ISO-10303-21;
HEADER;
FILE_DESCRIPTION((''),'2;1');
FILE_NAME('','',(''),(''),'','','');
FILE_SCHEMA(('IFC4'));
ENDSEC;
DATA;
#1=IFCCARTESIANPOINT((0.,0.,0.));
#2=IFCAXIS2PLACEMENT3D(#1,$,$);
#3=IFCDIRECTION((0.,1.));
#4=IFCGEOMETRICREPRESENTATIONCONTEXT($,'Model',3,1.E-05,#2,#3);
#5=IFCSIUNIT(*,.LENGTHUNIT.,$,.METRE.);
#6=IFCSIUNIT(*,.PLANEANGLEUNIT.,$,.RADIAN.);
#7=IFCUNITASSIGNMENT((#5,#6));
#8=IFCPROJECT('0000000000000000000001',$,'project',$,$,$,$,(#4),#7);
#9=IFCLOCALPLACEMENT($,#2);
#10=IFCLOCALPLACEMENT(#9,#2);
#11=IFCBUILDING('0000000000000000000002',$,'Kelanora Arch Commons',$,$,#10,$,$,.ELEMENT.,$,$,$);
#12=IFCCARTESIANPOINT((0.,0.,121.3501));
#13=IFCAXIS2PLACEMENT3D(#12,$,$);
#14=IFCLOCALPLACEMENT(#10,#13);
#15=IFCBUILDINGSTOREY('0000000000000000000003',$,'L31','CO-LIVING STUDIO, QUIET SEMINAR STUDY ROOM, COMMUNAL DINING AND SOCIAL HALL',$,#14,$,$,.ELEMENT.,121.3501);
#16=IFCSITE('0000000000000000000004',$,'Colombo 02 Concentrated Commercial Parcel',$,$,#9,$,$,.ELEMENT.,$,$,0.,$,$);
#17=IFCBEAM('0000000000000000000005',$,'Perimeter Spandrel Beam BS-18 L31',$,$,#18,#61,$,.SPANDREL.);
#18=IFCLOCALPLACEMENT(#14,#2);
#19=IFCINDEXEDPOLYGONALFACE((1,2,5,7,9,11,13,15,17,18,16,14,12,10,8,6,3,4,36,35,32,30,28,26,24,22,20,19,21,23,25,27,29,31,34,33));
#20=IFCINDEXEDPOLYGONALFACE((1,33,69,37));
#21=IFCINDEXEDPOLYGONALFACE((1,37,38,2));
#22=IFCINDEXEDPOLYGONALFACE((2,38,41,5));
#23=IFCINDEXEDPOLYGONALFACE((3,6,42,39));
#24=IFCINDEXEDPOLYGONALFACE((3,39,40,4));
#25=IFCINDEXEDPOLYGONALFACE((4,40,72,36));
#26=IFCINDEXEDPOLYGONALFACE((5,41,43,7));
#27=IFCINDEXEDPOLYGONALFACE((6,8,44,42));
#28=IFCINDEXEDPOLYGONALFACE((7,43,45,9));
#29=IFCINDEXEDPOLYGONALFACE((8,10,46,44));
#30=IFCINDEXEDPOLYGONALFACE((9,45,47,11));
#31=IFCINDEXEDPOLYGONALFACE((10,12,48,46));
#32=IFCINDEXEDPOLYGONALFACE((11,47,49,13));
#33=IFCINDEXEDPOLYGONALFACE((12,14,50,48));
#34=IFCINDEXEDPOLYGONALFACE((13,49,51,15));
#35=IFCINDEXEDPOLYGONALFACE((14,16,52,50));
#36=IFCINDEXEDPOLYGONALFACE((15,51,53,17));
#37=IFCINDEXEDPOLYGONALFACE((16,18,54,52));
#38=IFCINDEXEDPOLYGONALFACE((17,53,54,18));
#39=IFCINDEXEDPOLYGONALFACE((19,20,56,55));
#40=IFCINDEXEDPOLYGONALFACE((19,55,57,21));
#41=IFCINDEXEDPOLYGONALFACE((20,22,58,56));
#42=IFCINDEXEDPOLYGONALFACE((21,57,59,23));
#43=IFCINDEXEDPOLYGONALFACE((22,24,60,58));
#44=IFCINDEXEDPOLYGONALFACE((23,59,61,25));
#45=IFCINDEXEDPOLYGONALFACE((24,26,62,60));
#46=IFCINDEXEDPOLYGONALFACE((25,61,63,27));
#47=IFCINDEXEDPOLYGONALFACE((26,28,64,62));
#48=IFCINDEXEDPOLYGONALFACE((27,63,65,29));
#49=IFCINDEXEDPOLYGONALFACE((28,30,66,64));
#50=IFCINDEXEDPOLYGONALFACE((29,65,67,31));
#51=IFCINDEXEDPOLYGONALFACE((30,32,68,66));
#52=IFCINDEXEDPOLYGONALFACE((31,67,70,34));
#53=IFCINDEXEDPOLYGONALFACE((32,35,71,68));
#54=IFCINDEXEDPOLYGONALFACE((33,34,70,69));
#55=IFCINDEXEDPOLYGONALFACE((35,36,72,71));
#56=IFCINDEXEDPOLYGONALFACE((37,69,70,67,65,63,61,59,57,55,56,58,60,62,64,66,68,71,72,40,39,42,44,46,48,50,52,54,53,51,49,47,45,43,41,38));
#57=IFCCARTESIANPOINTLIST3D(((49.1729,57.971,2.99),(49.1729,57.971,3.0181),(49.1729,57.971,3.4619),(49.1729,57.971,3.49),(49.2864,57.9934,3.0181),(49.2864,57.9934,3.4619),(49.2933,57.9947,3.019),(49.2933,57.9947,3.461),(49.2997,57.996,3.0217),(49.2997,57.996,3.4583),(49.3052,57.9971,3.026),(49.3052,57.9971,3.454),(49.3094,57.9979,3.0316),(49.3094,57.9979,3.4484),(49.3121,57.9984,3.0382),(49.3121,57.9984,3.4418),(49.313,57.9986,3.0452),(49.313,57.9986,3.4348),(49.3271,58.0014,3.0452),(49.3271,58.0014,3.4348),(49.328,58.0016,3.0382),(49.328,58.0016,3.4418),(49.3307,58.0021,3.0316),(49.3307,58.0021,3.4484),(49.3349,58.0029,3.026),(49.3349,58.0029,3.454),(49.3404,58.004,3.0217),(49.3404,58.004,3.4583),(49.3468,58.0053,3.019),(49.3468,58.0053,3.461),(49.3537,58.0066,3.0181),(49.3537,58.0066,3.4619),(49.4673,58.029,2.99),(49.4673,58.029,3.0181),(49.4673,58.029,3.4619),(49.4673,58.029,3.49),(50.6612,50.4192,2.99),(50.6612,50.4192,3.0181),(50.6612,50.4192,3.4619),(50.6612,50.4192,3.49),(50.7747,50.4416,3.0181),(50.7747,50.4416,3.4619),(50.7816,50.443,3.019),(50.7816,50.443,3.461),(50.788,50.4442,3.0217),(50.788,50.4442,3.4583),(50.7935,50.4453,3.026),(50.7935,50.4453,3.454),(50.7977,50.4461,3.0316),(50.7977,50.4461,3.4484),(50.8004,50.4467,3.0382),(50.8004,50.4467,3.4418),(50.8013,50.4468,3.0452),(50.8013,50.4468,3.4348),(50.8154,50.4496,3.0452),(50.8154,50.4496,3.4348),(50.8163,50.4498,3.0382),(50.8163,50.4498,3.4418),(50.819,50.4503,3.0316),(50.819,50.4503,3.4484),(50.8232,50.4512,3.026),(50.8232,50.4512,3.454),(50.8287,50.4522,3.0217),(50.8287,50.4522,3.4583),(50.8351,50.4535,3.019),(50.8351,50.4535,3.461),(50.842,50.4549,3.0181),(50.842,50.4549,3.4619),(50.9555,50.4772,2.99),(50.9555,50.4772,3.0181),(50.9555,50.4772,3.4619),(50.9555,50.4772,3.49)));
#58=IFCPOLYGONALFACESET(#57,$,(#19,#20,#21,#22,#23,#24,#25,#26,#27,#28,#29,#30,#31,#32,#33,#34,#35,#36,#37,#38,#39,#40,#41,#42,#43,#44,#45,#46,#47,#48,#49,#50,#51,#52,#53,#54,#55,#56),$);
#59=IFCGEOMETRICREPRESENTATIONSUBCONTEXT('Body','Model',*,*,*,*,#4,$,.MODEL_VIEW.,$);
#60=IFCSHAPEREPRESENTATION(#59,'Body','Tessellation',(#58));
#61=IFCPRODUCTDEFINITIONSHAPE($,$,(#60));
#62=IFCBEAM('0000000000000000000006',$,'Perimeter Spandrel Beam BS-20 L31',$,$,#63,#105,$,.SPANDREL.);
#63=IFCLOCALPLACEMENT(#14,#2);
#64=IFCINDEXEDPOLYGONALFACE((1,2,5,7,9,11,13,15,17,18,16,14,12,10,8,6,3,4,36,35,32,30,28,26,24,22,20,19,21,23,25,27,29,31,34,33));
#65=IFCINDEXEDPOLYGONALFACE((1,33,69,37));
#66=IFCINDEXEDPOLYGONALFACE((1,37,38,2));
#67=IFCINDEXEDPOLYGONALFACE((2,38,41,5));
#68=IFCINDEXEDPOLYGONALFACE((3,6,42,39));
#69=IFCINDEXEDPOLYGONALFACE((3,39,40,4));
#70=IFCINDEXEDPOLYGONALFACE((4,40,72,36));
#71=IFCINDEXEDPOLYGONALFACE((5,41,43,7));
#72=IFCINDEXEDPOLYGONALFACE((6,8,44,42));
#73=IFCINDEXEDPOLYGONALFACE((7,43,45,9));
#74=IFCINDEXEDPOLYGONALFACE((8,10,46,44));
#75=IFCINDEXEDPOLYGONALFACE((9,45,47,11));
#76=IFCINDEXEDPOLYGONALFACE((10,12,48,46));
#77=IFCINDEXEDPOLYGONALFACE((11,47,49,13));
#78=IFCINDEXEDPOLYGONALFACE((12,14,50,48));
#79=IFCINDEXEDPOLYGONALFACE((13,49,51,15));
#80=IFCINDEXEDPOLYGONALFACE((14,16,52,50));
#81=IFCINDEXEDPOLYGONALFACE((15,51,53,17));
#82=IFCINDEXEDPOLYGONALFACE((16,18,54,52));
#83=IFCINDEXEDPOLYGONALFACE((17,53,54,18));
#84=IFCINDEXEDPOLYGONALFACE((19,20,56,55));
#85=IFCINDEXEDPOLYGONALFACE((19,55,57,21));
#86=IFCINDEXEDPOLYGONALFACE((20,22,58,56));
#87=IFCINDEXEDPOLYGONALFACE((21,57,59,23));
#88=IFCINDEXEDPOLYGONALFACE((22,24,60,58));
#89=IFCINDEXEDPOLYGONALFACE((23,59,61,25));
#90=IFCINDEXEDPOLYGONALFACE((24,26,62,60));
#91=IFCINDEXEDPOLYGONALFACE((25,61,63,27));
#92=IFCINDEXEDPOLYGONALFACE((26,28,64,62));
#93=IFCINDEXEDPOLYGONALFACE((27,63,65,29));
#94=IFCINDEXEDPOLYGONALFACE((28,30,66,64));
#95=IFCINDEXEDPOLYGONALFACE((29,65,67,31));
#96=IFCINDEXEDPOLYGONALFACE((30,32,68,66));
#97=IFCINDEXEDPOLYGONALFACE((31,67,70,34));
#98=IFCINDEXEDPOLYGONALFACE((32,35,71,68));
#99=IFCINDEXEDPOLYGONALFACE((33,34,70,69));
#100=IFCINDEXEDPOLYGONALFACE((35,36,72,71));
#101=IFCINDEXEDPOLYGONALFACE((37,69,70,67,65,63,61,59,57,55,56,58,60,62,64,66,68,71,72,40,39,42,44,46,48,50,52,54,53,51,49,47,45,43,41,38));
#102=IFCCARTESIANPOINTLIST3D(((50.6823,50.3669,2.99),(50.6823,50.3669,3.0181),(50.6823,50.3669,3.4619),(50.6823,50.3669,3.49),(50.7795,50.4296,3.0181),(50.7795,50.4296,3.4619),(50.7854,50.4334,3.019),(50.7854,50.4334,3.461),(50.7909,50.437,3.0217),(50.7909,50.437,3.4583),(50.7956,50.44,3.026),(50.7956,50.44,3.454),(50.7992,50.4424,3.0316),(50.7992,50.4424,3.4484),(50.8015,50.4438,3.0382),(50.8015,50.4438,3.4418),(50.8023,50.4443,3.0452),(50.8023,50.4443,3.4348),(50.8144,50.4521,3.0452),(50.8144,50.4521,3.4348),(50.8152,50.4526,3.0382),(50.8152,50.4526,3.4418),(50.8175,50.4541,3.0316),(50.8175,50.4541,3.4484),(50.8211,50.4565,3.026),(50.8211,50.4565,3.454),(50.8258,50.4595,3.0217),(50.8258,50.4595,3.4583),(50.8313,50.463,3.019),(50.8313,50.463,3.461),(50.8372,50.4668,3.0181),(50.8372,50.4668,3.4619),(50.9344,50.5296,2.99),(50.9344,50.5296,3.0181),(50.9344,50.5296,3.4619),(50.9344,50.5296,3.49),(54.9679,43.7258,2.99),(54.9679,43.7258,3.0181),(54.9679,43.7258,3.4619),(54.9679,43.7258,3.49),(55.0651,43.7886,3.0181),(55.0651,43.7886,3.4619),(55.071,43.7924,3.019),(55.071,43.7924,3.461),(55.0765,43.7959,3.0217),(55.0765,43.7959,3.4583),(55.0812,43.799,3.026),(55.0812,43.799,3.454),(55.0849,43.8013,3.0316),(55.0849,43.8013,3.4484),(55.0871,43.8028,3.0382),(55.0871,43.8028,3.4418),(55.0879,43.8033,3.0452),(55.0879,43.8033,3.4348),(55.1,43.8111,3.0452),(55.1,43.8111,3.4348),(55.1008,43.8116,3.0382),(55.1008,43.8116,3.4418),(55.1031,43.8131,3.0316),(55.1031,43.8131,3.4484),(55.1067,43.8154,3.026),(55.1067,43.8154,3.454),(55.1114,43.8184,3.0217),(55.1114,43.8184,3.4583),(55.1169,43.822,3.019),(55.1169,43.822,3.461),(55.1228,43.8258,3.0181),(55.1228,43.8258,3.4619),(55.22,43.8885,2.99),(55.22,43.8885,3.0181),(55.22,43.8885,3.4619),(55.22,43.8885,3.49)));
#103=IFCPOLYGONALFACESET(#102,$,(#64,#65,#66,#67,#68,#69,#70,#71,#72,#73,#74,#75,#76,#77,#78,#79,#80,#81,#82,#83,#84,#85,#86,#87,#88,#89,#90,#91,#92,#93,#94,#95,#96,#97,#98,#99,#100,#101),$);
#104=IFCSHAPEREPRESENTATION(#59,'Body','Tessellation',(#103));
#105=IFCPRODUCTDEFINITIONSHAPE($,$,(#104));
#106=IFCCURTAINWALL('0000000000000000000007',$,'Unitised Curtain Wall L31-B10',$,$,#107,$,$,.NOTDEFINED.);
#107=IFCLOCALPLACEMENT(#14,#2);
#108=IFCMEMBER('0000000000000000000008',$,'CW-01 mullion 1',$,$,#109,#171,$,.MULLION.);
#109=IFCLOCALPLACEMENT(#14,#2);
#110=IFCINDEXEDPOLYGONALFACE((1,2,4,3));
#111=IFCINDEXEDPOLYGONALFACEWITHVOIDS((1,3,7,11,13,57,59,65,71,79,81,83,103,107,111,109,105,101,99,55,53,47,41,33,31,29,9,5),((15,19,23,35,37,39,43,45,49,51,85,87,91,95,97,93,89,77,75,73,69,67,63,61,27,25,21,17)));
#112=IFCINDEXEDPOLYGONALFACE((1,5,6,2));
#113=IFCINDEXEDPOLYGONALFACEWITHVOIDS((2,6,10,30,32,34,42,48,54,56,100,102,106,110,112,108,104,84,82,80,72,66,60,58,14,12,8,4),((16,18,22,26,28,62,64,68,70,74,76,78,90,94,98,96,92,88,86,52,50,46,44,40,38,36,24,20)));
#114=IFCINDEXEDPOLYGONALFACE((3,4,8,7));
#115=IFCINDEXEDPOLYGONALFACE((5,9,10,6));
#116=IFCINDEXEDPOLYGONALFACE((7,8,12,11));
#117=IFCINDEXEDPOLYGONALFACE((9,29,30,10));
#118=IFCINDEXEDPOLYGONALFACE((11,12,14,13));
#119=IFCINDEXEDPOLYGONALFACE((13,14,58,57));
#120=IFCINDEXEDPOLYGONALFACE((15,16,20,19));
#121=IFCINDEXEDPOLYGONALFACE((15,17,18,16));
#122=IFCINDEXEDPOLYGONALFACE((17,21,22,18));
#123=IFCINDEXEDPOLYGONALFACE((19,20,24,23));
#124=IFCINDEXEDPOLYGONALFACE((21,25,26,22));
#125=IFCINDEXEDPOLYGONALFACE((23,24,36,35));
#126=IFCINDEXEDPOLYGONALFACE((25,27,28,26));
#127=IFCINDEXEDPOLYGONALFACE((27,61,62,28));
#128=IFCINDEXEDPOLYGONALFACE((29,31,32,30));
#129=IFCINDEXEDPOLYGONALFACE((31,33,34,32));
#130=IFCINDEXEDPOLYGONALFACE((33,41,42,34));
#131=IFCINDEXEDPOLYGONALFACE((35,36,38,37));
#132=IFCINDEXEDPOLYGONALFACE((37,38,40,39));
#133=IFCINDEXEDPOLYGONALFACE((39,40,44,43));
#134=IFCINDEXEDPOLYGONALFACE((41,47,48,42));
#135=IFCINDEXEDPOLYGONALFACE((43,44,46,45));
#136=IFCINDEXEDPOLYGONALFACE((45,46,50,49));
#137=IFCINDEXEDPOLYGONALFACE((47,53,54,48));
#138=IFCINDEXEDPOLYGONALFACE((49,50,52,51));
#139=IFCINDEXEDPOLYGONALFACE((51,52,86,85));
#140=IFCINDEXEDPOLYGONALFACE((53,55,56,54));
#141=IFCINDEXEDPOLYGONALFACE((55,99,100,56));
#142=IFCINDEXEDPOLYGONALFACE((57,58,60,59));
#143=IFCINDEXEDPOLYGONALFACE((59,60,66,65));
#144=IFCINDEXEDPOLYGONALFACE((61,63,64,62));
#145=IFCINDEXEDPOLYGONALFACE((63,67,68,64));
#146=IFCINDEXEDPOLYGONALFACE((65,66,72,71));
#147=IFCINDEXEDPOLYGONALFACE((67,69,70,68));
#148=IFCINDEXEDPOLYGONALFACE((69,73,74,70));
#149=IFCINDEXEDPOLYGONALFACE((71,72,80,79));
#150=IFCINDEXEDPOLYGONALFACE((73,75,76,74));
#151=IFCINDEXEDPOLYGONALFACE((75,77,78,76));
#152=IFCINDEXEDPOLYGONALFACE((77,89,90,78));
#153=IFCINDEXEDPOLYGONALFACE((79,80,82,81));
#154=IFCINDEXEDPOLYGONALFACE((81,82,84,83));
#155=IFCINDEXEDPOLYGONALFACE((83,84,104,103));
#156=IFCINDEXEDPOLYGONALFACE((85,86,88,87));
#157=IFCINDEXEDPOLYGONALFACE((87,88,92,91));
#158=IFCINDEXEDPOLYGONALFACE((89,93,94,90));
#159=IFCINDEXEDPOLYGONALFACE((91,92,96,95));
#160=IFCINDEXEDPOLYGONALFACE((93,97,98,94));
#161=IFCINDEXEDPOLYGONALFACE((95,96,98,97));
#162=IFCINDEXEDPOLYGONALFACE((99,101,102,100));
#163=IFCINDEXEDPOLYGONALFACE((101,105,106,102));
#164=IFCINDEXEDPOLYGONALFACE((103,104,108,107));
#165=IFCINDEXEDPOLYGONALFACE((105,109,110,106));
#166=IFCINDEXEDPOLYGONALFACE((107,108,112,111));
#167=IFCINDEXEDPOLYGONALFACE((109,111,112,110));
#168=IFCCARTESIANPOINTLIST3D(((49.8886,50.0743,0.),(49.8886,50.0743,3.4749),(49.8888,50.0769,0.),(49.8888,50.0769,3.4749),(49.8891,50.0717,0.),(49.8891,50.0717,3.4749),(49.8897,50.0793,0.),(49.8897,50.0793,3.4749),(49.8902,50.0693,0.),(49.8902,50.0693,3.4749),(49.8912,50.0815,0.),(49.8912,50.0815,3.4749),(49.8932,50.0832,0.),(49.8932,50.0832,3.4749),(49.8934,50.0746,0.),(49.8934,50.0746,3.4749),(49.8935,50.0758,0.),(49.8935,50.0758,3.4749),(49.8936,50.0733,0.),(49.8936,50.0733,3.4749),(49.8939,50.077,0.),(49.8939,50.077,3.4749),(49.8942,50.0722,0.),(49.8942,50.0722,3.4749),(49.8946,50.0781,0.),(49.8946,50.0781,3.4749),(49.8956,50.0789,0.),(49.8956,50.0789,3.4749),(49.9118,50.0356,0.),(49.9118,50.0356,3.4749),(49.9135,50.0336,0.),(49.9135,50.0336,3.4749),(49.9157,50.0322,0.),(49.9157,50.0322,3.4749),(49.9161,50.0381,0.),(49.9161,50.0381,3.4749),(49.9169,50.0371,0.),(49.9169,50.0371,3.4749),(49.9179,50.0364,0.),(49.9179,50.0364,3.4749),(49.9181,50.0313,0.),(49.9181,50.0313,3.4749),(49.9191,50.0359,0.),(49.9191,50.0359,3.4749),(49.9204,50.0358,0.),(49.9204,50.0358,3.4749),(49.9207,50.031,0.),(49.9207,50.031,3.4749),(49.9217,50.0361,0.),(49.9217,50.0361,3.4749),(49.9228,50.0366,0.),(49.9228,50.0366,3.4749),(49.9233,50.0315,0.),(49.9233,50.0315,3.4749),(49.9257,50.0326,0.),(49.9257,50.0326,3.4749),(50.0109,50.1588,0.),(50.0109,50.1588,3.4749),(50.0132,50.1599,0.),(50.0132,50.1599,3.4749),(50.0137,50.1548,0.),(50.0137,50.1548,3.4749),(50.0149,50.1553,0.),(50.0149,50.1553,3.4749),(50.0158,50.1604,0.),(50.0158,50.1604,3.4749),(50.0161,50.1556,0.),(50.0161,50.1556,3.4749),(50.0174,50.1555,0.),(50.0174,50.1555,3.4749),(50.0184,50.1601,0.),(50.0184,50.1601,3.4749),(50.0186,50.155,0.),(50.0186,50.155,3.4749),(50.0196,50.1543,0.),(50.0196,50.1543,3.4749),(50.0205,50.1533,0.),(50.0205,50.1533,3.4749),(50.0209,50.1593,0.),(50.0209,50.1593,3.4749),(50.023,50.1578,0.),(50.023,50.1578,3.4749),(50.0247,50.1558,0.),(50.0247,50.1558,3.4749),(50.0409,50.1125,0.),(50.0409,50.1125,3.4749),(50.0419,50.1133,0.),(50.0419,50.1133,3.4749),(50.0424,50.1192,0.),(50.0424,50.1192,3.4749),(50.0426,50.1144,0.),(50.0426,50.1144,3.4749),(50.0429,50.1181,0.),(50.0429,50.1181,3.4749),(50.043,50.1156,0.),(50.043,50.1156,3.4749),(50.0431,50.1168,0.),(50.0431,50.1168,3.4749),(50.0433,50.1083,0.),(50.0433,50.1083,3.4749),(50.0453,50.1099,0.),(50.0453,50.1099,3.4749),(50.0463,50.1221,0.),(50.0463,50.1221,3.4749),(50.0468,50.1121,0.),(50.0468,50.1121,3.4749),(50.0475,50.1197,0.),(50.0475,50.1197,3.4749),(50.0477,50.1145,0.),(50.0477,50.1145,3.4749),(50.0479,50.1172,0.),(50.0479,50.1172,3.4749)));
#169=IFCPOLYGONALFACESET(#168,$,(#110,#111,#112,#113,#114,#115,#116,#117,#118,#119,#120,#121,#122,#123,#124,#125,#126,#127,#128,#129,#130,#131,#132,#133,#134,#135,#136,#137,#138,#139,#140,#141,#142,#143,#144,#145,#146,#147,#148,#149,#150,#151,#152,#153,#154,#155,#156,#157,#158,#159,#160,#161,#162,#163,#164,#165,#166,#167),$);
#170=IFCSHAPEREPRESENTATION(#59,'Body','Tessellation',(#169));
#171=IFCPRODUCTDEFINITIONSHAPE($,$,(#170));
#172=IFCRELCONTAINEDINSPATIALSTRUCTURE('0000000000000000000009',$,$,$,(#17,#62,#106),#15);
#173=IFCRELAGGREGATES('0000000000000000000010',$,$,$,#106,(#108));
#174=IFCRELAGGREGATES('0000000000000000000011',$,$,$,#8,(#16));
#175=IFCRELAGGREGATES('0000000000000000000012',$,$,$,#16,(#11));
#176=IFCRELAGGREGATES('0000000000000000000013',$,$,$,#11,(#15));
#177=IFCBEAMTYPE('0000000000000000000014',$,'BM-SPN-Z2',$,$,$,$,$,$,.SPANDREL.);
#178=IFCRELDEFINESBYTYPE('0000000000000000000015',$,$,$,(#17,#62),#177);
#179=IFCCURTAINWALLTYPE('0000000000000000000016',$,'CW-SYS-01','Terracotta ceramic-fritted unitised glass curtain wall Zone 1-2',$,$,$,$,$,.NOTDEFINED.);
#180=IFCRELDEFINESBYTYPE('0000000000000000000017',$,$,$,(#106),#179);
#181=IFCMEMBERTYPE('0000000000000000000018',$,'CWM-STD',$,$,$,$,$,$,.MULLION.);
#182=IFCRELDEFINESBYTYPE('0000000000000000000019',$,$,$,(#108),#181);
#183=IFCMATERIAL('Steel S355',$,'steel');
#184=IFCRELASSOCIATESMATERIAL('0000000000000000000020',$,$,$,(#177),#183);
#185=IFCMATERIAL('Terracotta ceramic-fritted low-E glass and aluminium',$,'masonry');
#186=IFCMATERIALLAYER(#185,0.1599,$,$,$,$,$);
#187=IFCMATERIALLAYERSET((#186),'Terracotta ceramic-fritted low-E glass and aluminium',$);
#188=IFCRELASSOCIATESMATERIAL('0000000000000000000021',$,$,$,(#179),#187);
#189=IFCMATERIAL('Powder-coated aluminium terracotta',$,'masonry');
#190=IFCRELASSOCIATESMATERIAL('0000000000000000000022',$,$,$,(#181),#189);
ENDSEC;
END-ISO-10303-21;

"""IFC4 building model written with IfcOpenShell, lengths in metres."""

from ifc_helpers import new_model, si_unit, direction, frame, origin, origin_2d, place, context, subcontext, project, spatial, hollow_rectangle, i_section, extrude, material, layer, layer_set, material_profile, profile_set, type_object, element, aggregate, save


model = new_model("IFC4")

# Units and contexts
model_context = context("Model", 3, precision=1e-05, world=origin(), true_north=direction((0.0, 1.0)))
body_context = subcontext(model_context, "Body", "Model", "MODEL_VIEW")
ifc_project = project(units=[si_unit("LENGTHUNIT", "METRE"), si_unit("PLANEANGLEUNIT", "RADIAN")], contexts=[model_context])

# Site, building, storey
site_placement = place(None, origin())
site = spatial("IfcSite", under=ifc_project, at=site_placement, Name="Colombo 02 Concentrated Commercial Parcel", CompositionType="ELEMENT", RefElevation=0.0)
building_placement = place(site_placement, origin())
building = spatial("IfcBuilding", under=site, at=building_placement, Name="Kelanora Arch Commons", CompositionType="ELEMENT")
storey_placement = place(building_placement, frame((0.0, 0.0, 121.3501)))
storey = spatial("IfcBuildingStorey", under=building, at=storey_placement, Name="L31", Description="CO-LIVING STUDIO, QUIET SEMINAR STUDY ROOM, COMMUNAL DINING AND SOCIAL HALL", CompositionType="ELEMENT", Elevation=121.3501)

# Beams
ifc_material_1 = material(Name="Steel S355", Category="steel")
ifc_material_profile_1 = material_profile(ifc_material_1, i_section(OverallWidth=0.3, OverallDepth=0.5, WebThickness=0.0144, FlangeThickness=0.0281, FilletRadius=0.0271, at=origin_2d()), Name="HEB500")
ifc_profile_set_1 = profile_set([ifc_material_profile_1], Name="Steel S355")
beam_type_1 = type_object("IfcBeamType", Name="BM-SPN-Z2", PredefinedType="SPANDREL", material=ifc_profile_set_1)
beam_1_placement = place(storey_placement, frame((49.3201, 58.0, 3.24), z_axis=(0.193358, -0.981128, 0.0), x_axis=(0.981128, 0.193358, 0.0)))
element("IfcBeam", 1, at=beam_1_placement, inside=storey, type_object=beam_type_1, Name="Perimeter Spandrel Beam BS-18 L31", PredefinedType="SPANDREL", context=body_context, shape_type="SweptSolid", body=[
    extrude(i_section(OverallWidth=0.3, OverallDepth=0.5, WebThickness=0.0144, FlangeThickness=0.0281, FilletRadius=0.0271, at=origin_2d()), origin(), (0.0, 0.0, 1.0), 7.697),
])
beam_2_placement = place(storey_placement, frame((50.8083, 50.4482, 3.24), z_axis=(0.542221, -0.840236, 0.0), x_axis=(0.840236, 0.542221, 0.0)))
element("IfcBeam", 2, at=beam_2_placement, inside=storey, type_object=beam_type_1, Name="Perimeter Spandrel Beam BS-20 L31", PredefinedType="SPANDREL", context=body_context, shape_type="SweptSolid", body=[
    extrude(i_section(OverallWidth=0.3, OverallDepth=0.5, WebThickness=0.0144, FlangeThickness=0.0281, FilletRadius=0.0271, at=origin_2d()), origin(), (0.0, 0.0, 1.0), 7.9038),
])

# Curtain wall, member
ifc_material_2 = material(Name="Terracotta ceramic-fritted low-E glass and aluminium", Category="masonry")
ifc_layer_1 = layer(ifc_material_2, 0.1599)
ifc_layer_set_1 = layer_set([ifc_layer_1], Name="Terracotta ceramic-fritted low-E glass and aluminium")
curtain_wall_type = type_object("IfcCurtainWallType", Name="CW-SYS-01", Description="Terracotta ceramic-fritted unitised glass curtain wall Zone 1-2", PredefinedType="NOTDEFINED", material=ifc_layer_set_1)
curtain_wall_placement = place(storey_placement, origin())
curtain_wall = element("IfcCurtainWall", 3, at=curtain_wall_placement, inside=storey, type_object=curtain_wall_type, Name="Unitised Curtain Wall L31-B10", PredefinedType="NOTDEFINED")
ifc_material_3 = material(Name="Powder-coated aluminium terracotta", Category="masonry")
ifc_material_profile_2 = material_profile(ifc_material_3, hollow_rectangle(XDim=0.1599, YDim=0.0601, WallThickness=0.0049, InnerFilletRadius=0.0049, OuterFilletRadius=0.01, at=origin_2d()), Name="CWM160x60")
ifc_profile_set_2 = profile_set([ifc_material_profile_2], Name="Powder-coated aluminium terracotta")
member_type_1 = type_object("IfcMemberType", Name="CWM-STD", PredefinedType="MULLION", material=ifc_profile_set_2)
member_1_placement = place(storey_placement, frame((49.9683, 50.0957, 0.0), z_axis=(0.0, 0.0, 1.0), x_axis=(0.841269, 0.540617, 0.0)))
member_1 = element("IfcMember", 4, at=member_1_placement, type_object=member_type_1, Name="CW-01 mullion 1", PredefinedType="MULLION", context=body_context, shape_type="SweptSolid", body=[
    extrude(hollow_rectangle(XDim=0.1599, YDim=0.0601, WallThickness=0.0049, InnerFilletRadius=0.0049, OuterFilletRadius=0.01, at=origin_2d()), origin(), (0.0, 0.0, 1.0), 3.4749),
])

aggregate(curtain_wall, [member_1])

save(model, "model.ifc")
